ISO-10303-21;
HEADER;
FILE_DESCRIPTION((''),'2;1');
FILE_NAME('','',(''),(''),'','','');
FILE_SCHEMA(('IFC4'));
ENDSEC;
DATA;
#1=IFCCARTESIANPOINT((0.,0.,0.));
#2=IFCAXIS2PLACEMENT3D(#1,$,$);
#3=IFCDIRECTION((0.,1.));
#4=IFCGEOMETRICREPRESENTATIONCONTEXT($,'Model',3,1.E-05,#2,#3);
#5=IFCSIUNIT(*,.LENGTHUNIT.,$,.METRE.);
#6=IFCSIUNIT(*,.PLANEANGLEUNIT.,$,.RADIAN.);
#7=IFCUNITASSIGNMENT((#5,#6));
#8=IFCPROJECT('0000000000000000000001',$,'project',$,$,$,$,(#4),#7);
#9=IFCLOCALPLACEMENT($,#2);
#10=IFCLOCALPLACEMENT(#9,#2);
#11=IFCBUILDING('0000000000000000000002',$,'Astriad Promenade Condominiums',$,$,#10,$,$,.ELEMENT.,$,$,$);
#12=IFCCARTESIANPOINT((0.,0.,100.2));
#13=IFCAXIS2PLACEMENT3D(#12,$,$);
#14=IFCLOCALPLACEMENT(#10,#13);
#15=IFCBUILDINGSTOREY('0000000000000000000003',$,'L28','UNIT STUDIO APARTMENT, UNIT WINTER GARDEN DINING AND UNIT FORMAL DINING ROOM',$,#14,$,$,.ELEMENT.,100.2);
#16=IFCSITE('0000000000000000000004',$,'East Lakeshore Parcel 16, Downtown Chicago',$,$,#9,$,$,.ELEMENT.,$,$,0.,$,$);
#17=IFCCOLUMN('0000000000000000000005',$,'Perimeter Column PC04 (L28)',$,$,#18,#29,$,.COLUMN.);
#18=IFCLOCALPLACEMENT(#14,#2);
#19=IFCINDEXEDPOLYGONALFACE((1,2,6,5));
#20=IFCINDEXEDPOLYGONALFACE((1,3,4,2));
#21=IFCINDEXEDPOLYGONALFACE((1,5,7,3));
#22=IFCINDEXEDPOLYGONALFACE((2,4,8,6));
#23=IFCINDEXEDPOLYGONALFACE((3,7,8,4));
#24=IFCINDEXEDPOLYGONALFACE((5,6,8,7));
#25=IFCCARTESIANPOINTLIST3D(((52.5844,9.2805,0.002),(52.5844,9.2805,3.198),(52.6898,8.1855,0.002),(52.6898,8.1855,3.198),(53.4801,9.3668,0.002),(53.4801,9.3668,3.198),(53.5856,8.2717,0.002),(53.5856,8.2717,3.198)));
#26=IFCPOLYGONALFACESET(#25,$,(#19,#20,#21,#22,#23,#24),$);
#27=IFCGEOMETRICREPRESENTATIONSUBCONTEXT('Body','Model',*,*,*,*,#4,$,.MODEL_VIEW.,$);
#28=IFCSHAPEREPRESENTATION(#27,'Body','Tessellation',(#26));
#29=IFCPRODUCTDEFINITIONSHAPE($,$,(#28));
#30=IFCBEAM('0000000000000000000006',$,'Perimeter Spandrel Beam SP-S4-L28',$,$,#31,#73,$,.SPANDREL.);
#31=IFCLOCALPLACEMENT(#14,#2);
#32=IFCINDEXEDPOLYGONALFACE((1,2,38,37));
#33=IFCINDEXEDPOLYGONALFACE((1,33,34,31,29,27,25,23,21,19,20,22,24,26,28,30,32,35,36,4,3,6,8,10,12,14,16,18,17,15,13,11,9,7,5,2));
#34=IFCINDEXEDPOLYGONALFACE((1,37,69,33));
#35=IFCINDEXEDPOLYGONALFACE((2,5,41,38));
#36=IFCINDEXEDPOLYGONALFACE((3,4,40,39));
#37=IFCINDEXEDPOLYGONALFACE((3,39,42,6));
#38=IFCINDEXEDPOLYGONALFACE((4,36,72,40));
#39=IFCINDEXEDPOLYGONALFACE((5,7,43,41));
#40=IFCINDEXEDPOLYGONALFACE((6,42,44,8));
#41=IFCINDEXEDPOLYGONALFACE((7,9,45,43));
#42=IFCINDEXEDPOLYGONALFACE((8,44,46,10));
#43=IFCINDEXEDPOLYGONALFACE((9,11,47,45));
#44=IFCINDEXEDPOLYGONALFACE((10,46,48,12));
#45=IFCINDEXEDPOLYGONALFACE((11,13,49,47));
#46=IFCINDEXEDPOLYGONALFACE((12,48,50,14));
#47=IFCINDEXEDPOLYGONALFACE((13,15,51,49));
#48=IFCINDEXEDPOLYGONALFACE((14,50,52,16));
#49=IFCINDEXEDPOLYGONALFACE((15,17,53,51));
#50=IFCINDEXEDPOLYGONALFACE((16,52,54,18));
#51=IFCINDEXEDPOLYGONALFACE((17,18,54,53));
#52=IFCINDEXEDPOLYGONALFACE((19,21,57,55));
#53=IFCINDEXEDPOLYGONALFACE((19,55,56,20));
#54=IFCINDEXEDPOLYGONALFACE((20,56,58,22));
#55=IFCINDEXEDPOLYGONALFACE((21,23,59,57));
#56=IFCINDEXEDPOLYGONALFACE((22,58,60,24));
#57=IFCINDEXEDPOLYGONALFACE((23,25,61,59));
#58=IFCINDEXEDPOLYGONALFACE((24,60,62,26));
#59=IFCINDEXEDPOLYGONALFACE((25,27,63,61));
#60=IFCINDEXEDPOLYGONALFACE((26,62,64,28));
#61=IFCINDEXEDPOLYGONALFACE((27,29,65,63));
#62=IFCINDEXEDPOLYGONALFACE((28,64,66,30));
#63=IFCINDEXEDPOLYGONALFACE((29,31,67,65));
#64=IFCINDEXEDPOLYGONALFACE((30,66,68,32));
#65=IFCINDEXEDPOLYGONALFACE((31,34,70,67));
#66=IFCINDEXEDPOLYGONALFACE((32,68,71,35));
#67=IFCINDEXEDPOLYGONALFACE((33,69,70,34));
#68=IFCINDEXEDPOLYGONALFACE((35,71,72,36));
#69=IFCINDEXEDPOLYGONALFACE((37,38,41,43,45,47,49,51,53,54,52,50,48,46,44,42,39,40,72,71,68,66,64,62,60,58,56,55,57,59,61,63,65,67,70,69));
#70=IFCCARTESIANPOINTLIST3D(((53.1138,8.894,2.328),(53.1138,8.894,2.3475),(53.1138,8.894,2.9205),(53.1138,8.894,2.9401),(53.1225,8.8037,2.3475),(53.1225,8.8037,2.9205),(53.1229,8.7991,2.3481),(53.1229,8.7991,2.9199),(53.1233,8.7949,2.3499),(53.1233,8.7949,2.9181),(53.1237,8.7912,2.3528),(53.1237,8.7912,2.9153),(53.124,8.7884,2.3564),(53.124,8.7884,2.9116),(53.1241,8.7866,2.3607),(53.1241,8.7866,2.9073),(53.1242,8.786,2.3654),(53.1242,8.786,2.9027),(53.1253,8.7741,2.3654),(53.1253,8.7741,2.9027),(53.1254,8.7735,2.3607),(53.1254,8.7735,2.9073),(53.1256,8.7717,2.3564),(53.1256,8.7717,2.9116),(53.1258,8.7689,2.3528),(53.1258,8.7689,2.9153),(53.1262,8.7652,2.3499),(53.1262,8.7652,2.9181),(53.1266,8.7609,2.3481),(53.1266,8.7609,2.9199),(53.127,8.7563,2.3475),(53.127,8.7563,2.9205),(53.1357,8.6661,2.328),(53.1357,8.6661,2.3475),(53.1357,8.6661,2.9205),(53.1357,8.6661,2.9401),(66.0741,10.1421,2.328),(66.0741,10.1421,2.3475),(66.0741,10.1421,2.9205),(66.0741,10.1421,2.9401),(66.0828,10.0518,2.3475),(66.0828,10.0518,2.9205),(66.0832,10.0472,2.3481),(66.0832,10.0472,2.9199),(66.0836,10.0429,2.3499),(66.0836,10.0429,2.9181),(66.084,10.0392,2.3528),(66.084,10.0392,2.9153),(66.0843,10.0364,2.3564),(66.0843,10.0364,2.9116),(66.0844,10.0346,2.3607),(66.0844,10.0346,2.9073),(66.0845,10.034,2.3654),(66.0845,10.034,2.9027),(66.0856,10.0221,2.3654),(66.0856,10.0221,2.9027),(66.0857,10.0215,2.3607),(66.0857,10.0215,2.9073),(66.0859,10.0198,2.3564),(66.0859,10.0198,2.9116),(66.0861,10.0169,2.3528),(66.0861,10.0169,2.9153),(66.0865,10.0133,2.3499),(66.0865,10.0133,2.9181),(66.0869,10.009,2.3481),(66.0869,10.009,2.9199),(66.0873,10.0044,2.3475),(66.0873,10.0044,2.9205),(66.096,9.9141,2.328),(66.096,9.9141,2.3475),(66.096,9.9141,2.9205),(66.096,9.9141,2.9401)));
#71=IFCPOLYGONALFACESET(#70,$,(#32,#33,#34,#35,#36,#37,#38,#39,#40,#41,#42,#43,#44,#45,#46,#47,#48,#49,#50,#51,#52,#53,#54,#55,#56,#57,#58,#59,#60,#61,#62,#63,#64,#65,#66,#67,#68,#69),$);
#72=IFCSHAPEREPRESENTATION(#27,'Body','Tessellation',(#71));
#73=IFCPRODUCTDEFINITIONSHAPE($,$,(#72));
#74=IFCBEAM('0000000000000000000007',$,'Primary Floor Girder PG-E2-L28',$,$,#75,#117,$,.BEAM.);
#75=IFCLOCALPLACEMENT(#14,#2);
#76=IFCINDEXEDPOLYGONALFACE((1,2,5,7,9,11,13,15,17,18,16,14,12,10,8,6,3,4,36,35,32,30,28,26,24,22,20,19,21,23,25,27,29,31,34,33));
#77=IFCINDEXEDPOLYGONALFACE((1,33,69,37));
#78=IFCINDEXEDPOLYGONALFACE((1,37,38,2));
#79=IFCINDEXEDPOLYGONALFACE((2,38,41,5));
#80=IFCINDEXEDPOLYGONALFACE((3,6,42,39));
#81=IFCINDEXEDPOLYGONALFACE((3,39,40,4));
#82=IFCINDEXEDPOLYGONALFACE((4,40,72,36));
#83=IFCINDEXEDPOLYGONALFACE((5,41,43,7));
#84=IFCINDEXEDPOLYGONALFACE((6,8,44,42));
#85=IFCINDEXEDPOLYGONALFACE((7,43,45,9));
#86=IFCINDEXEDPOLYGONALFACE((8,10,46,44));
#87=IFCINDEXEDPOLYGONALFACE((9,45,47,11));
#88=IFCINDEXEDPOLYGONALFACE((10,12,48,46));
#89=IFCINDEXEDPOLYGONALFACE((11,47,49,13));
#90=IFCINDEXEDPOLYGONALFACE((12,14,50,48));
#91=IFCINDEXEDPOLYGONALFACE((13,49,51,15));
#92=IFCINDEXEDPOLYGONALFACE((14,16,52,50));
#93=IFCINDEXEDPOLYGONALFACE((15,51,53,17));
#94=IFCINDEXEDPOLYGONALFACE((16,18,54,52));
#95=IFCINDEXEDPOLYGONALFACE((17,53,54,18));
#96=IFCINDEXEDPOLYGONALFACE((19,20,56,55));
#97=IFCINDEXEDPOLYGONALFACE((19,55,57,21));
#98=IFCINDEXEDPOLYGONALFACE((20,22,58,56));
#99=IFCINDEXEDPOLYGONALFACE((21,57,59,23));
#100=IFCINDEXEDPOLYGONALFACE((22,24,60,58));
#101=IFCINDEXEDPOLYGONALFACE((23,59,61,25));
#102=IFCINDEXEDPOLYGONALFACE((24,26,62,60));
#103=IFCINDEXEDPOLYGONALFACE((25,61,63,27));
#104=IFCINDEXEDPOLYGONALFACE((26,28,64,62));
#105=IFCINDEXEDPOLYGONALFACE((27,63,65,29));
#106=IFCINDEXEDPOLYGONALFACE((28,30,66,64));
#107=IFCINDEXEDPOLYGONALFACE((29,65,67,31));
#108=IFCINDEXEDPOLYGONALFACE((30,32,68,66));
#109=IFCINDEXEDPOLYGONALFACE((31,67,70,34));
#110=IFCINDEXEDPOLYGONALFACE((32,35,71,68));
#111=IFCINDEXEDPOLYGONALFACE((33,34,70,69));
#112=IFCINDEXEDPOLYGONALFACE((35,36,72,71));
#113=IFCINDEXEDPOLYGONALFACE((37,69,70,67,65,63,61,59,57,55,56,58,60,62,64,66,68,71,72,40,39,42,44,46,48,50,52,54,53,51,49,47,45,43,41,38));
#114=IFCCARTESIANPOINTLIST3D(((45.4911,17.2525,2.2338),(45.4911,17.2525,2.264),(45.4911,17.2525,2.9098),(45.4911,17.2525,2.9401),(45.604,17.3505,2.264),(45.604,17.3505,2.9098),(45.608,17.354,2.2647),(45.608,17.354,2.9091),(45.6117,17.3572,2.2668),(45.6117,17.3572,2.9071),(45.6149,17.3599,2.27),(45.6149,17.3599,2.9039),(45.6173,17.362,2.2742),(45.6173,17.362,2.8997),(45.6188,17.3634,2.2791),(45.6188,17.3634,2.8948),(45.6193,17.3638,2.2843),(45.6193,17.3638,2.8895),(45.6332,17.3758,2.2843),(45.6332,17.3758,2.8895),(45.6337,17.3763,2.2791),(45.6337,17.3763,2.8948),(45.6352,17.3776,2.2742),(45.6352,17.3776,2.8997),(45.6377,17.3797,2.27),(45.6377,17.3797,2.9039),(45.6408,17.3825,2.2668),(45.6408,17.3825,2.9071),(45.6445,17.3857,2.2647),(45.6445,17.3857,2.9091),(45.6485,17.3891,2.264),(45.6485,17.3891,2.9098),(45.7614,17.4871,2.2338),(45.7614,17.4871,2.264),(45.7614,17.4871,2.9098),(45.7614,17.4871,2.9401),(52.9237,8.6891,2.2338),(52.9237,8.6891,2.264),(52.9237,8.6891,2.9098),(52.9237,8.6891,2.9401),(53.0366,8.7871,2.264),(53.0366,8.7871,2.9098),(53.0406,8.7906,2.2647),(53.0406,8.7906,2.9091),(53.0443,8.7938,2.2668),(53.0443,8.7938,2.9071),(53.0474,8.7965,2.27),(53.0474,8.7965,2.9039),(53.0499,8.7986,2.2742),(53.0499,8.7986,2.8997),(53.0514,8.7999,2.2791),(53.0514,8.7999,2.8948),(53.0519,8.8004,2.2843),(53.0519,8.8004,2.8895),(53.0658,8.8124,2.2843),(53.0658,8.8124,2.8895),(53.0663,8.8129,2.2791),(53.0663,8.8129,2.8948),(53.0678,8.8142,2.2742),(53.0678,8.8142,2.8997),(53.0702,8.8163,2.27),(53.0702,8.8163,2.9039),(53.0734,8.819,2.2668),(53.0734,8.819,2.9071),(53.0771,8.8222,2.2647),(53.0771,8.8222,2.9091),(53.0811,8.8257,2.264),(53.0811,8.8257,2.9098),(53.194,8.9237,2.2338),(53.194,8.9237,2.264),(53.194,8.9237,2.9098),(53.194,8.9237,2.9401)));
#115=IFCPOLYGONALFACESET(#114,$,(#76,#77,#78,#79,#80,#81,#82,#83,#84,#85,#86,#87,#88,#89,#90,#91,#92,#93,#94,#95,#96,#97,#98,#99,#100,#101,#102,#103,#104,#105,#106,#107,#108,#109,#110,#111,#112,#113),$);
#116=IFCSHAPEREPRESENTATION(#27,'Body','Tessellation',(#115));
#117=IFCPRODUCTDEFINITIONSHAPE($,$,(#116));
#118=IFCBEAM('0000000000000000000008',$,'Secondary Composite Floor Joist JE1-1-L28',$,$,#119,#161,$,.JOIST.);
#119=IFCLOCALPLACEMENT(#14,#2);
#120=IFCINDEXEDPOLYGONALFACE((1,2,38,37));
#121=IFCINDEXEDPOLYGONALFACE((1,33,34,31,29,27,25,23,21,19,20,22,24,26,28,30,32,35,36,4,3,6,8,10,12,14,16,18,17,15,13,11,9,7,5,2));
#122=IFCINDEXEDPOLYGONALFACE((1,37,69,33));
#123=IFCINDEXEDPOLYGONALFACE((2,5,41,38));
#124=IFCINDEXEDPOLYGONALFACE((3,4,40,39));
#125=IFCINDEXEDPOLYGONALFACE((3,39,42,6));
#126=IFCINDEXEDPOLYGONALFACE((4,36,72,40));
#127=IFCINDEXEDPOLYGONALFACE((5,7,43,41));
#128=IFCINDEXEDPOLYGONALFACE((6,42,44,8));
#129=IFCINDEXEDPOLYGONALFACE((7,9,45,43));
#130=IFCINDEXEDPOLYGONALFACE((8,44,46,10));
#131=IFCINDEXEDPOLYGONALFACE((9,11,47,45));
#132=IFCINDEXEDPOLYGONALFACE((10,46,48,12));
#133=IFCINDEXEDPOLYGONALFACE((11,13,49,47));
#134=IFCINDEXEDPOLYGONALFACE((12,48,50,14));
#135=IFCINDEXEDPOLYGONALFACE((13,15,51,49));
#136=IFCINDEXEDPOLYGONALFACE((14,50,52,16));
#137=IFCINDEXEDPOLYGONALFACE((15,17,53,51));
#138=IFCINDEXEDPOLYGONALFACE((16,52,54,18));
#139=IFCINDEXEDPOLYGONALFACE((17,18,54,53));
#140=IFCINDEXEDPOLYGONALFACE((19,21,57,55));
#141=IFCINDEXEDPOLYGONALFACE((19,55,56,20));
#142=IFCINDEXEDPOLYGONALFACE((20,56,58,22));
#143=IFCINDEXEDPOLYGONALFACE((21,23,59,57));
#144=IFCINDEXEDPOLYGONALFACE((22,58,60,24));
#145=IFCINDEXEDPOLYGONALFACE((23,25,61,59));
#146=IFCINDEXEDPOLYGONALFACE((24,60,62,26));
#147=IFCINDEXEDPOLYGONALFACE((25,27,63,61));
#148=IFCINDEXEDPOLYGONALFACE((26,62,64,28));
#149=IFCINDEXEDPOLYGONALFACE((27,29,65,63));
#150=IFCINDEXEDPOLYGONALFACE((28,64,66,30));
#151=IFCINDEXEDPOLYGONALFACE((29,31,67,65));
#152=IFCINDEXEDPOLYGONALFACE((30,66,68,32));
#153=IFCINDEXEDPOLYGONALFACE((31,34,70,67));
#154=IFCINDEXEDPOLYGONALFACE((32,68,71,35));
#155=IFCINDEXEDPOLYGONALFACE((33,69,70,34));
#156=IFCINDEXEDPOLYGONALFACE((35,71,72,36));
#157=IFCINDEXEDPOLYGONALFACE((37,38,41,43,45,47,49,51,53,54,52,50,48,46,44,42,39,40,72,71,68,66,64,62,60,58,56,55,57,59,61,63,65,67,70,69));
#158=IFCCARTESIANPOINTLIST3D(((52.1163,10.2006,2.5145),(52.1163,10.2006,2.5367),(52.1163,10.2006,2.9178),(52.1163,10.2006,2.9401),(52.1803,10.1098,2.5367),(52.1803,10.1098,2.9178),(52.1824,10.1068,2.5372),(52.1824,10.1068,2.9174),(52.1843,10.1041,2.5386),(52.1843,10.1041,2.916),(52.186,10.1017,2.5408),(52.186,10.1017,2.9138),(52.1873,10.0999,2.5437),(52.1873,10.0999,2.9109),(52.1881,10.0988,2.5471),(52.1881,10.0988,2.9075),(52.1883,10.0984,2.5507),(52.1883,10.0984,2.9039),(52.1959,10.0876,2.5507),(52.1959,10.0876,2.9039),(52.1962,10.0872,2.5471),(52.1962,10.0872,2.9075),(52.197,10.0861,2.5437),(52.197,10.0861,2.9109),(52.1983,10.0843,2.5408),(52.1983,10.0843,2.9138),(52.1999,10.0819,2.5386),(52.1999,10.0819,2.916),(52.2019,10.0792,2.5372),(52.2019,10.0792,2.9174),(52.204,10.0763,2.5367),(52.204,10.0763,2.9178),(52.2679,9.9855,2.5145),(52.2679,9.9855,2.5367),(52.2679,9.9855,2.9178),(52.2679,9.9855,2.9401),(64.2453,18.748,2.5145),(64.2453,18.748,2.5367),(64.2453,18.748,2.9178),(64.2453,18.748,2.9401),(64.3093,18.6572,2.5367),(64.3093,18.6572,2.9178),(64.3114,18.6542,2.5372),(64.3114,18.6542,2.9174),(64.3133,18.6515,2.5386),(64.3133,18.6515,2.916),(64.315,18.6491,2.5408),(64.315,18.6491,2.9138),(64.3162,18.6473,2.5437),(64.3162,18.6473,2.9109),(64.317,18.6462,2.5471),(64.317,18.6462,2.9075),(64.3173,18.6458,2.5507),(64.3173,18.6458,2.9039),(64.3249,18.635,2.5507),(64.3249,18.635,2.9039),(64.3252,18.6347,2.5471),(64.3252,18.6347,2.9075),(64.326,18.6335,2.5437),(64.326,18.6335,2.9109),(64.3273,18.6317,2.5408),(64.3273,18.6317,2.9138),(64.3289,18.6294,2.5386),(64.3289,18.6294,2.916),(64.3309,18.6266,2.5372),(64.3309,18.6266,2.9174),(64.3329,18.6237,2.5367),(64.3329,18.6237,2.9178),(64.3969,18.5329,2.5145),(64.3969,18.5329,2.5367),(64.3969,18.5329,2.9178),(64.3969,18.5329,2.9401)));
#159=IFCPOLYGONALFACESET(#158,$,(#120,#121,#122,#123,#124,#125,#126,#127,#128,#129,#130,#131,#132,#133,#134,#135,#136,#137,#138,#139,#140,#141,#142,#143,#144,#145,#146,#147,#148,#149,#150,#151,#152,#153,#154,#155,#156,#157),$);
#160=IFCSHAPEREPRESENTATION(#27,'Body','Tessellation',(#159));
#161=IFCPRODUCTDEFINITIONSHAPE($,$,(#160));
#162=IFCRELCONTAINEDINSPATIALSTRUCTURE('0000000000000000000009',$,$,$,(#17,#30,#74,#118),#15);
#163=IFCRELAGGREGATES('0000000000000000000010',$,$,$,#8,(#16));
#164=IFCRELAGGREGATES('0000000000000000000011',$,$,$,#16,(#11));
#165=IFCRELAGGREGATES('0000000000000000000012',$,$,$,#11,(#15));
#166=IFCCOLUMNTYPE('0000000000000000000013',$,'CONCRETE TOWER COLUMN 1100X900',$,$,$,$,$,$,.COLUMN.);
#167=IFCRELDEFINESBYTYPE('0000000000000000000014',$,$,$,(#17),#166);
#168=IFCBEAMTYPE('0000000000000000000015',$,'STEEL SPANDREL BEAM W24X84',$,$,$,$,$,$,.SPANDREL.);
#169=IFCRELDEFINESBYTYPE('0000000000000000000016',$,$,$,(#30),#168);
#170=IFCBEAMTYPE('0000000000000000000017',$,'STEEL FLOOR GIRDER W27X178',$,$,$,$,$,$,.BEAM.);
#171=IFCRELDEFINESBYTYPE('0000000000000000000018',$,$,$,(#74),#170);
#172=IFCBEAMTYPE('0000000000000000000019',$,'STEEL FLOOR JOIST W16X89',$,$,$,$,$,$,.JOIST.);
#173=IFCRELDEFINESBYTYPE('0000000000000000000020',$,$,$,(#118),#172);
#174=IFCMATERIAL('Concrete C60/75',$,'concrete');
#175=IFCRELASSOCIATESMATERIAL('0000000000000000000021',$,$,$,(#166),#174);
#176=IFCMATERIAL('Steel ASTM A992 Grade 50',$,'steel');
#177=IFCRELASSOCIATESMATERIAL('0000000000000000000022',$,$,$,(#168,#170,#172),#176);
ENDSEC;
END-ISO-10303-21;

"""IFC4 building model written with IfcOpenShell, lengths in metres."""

from ifc_helpers import new_model, si_unit, direction, frame, origin, origin_2d, place, context, subcontext, project, spatial, rectangle, i_section, extrude, source, transform, mapped, material, material_profile, profile_set, type_object, type_shapes, element, save


model = new_model("IFC4")

# Units and contexts
model_context = context("Model", 3, precision=1e-05, world=origin(), true_north=direction((0.0, 1.0)))
body_context = subcontext(model_context, "Body", "Model", "MODEL_VIEW")
ifc_project = project(units=[si_unit("LENGTHUNIT", "METRE"), si_unit("PLANEANGLEUNIT", "RADIAN")], contexts=[model_context])

# Site, building, storey
site_placement = place(None, origin())
site = spatial("IfcSite", under=ifc_project, at=site_placement, Name="East Lakeshore Parcel 16, Downtown Chicago", CompositionType="ELEMENT", RefElevation=0.0)
building_placement = place(site_placement, origin())
building = spatial("IfcBuilding", under=site, at=building_placement, Name="Astriad Promenade Condominiums", CompositionType="ELEMENT")
storey_placement = place(building_placement, frame((0.0, 0.0, 100.2)))
storey = spatial("IfcBuildingStorey", under=building, at=storey_placement, Name="L28", Description="UNIT STUDIO APARTMENT, UNIT WINTER GARDEN DINING AND UNIT FORMAL DINING ROOM", CompositionType="ELEMENT", Elevation=100.2)

# Column
ifc_material_1 = material(Name="Concrete C60/75", Category="concrete")
ifc_material_profile_1 = material_profile(ifc_material_1, rectangle(XDim=0.8999, YDim=1.1001, at=origin_2d()), Name="RC-COL-1100X900")
ifc_profile_set_1 = profile_set([ifc_material_profile_1], Name="Concrete C60/75")
column_type = type_object("IfcColumnType", Name="CONCRETE TOWER COLUMN 1100X900", PredefinedType="COLUMN", material=ifc_profile_set_1)
shared_shape_1 = source(origin(), body_context, "Body", "SweptSolid", [
    extrude(rectangle(XDim=0.8999, YDim=1.1001, at=origin_2d()), origin(), (0.0, 0.0, 1.0), 3.196),
])
type_shapes(column_type, [shared_shape_1])
column_placement = place(storey_placement, frame((53.085, 8.7761, 0.002), z_axis=(0.0, 0.0, 1.0), x_axis=(0.995396, 0.095846, 0.0)))
element("IfcColumn", 1, at=column_placement, inside=storey, type_object=column_type, Name="Perimeter Column PC04 (L28)", PredefinedType="COLUMN", context=body_context, shape_type="MappedRepresentation", body=[
    mapped(shared_shape_1, transform((0.0, 0.0, 0.0), scale=1.0)),
])

# Beams
ifc_material_2 = material(Name="Steel ASTM A992 Grade 50", Category="steel")
ifc_material_profile_2 = material_profile(ifc_material_2, i_section(OverallWidth=0.229, OverallDepth=0.6121, WebThickness=0.012, FlangeThickness=0.0195, FilletRadius=0.0178, at=origin_2d()), Name="W24X84")
ifc_profile_set_2 = profile_set([ifc_material_profile_2], Name="Steel ASTM A992 Grade 50")
beam_type_1 = type_object("IfcBeamType", Name="STEEL SPANDREL BEAM W24X84", PredefinedType="SPANDREL", material=ifc_profile_set_2)
shared_shape_2 = source(origin(), body_context, "Body", "SweptSolid", [
    extrude(i_section(OverallWidth=0.229, OverallDepth=0.6121, WebThickness=0.012, FlangeThickness=0.0195, FilletRadius=0.0178, at=origin_2d()), origin(), (0.0, 0.0, 1.0), 13.0203),
])
type_shapes(beam_type_1, [shared_shape_2])
beam_1_placement = place(storey_placement, frame((53.1248, 8.78, 2.634), z_axis=(0.995395, 0.095855, 0.0), x_axis=(-0.095855, 0.995395, 0.0)))
element("IfcBeam", 2, at=beam_1_placement, inside=storey, type_object=beam_type_1, Name="Perimeter Spandrel Beam SP-S4-L28", PredefinedType="SPANDREL", context=body_context, shape_type="MappedRepresentation", body=[
    mapped(shared_shape_2, transform((0.0, 0.0, 0.0), scale=1.0)),
])
ifc_material_profile_3 = material_profile(ifc_material_2, i_section(OverallWidth=0.3579, OverallDepth=0.7063, WebThickness=0.0183, FlangeThickness=0.0303, FilletRadius=0.0203, at=origin_2d()), Name="W27X178")
ifc_profile_set_3 = profile_set([ifc_material_profile_3], Name="Steel ASTM A992 Grade 50")
beam_type_2 = type_object("IfcBeamType", Name="STEEL FLOOR GIRDER W27X178", PredefinedType="BEAM", material=ifc_profile_set_3)
shared_shape_3 = source(origin(), body_context, "Body", "SweptSolid", [
    extrude(i_section(OverallWidth=0.3579, OverallDepth=0.7063, WebThickness=0.0183, FlangeThickness=0.0303, FilletRadius=0.0203, at=origin_2d()), origin(), (0.0, 0.0, 1.0), 11.3391),
])
type_shapes(beam_type_2, [shared_shape_3])
beam_2_placement = place(storey_placement, frame((53.0588, 8.8064, 2.5869), z_axis=(-0.655481, 0.755211, 0.0), x_axis=(-0.755211, -0.655481, 0.0)))
element("IfcBeam", 3, at=beam_2_placement, inside=storey, type_object=beam_type_2, Name="Primary Floor Girder PG-E2-L28", PredefinedType="BEAM", context=body_context, shape_type="MappedRepresentation", body=[
    mapped(shared_shape_3, transform((0.0, 0.0, 0.0), scale=1.0)),
])
ifc_material_profile_4 = material_profile(ifc_material_2, i_section(OverallWidth=0.2632, OverallDepth=0.4255, WebThickness=0.0132, FlangeThickness=0.0222, FilletRadius=0.0139, at=origin_2d()), Name="W16X89")
ifc_profile_set_4 = profile_set([ifc_material_profile_4], Name="Steel ASTM A992 Grade 50")
beam_type_3 = type_object("IfcBeamType", Name="STEEL FLOOR JOIST W16X89", PredefinedType="JOIST", material=ifc_profile_set_4)
shared_shape_4 = source(origin(), body_context, "Body", "SweptSolid", [
    extrude(i_section(OverallWidth=0.2632, OverallDepth=0.4255, WebThickness=0.0132, FlangeThickness=0.0222, FilletRadius=0.0139, at=origin_2d()), origin(), (0.0, 0.0, 1.0), 14.8381),
])
beam_3_placement = place(storey_placement, frame((52.1921, 10.093, 2.7273), z_axis=(0.817419, 0.576043, 0.0), x_axis=(-0.576043, 0.817419, 0.0)))
element("IfcBeam", 4, at=beam_3_placement, inside=storey, type_object=beam_type_3, Name="Secondary Composite Floor Joist JE1-1-L28", PredefinedType="JOIST", context=body_context, shape_type="MappedRepresentation", body=[
    mapped(shared_shape_4, transform((0.0, 0.0, 0.0), scale=1.0)),
])

save(model, "model.ifc")
